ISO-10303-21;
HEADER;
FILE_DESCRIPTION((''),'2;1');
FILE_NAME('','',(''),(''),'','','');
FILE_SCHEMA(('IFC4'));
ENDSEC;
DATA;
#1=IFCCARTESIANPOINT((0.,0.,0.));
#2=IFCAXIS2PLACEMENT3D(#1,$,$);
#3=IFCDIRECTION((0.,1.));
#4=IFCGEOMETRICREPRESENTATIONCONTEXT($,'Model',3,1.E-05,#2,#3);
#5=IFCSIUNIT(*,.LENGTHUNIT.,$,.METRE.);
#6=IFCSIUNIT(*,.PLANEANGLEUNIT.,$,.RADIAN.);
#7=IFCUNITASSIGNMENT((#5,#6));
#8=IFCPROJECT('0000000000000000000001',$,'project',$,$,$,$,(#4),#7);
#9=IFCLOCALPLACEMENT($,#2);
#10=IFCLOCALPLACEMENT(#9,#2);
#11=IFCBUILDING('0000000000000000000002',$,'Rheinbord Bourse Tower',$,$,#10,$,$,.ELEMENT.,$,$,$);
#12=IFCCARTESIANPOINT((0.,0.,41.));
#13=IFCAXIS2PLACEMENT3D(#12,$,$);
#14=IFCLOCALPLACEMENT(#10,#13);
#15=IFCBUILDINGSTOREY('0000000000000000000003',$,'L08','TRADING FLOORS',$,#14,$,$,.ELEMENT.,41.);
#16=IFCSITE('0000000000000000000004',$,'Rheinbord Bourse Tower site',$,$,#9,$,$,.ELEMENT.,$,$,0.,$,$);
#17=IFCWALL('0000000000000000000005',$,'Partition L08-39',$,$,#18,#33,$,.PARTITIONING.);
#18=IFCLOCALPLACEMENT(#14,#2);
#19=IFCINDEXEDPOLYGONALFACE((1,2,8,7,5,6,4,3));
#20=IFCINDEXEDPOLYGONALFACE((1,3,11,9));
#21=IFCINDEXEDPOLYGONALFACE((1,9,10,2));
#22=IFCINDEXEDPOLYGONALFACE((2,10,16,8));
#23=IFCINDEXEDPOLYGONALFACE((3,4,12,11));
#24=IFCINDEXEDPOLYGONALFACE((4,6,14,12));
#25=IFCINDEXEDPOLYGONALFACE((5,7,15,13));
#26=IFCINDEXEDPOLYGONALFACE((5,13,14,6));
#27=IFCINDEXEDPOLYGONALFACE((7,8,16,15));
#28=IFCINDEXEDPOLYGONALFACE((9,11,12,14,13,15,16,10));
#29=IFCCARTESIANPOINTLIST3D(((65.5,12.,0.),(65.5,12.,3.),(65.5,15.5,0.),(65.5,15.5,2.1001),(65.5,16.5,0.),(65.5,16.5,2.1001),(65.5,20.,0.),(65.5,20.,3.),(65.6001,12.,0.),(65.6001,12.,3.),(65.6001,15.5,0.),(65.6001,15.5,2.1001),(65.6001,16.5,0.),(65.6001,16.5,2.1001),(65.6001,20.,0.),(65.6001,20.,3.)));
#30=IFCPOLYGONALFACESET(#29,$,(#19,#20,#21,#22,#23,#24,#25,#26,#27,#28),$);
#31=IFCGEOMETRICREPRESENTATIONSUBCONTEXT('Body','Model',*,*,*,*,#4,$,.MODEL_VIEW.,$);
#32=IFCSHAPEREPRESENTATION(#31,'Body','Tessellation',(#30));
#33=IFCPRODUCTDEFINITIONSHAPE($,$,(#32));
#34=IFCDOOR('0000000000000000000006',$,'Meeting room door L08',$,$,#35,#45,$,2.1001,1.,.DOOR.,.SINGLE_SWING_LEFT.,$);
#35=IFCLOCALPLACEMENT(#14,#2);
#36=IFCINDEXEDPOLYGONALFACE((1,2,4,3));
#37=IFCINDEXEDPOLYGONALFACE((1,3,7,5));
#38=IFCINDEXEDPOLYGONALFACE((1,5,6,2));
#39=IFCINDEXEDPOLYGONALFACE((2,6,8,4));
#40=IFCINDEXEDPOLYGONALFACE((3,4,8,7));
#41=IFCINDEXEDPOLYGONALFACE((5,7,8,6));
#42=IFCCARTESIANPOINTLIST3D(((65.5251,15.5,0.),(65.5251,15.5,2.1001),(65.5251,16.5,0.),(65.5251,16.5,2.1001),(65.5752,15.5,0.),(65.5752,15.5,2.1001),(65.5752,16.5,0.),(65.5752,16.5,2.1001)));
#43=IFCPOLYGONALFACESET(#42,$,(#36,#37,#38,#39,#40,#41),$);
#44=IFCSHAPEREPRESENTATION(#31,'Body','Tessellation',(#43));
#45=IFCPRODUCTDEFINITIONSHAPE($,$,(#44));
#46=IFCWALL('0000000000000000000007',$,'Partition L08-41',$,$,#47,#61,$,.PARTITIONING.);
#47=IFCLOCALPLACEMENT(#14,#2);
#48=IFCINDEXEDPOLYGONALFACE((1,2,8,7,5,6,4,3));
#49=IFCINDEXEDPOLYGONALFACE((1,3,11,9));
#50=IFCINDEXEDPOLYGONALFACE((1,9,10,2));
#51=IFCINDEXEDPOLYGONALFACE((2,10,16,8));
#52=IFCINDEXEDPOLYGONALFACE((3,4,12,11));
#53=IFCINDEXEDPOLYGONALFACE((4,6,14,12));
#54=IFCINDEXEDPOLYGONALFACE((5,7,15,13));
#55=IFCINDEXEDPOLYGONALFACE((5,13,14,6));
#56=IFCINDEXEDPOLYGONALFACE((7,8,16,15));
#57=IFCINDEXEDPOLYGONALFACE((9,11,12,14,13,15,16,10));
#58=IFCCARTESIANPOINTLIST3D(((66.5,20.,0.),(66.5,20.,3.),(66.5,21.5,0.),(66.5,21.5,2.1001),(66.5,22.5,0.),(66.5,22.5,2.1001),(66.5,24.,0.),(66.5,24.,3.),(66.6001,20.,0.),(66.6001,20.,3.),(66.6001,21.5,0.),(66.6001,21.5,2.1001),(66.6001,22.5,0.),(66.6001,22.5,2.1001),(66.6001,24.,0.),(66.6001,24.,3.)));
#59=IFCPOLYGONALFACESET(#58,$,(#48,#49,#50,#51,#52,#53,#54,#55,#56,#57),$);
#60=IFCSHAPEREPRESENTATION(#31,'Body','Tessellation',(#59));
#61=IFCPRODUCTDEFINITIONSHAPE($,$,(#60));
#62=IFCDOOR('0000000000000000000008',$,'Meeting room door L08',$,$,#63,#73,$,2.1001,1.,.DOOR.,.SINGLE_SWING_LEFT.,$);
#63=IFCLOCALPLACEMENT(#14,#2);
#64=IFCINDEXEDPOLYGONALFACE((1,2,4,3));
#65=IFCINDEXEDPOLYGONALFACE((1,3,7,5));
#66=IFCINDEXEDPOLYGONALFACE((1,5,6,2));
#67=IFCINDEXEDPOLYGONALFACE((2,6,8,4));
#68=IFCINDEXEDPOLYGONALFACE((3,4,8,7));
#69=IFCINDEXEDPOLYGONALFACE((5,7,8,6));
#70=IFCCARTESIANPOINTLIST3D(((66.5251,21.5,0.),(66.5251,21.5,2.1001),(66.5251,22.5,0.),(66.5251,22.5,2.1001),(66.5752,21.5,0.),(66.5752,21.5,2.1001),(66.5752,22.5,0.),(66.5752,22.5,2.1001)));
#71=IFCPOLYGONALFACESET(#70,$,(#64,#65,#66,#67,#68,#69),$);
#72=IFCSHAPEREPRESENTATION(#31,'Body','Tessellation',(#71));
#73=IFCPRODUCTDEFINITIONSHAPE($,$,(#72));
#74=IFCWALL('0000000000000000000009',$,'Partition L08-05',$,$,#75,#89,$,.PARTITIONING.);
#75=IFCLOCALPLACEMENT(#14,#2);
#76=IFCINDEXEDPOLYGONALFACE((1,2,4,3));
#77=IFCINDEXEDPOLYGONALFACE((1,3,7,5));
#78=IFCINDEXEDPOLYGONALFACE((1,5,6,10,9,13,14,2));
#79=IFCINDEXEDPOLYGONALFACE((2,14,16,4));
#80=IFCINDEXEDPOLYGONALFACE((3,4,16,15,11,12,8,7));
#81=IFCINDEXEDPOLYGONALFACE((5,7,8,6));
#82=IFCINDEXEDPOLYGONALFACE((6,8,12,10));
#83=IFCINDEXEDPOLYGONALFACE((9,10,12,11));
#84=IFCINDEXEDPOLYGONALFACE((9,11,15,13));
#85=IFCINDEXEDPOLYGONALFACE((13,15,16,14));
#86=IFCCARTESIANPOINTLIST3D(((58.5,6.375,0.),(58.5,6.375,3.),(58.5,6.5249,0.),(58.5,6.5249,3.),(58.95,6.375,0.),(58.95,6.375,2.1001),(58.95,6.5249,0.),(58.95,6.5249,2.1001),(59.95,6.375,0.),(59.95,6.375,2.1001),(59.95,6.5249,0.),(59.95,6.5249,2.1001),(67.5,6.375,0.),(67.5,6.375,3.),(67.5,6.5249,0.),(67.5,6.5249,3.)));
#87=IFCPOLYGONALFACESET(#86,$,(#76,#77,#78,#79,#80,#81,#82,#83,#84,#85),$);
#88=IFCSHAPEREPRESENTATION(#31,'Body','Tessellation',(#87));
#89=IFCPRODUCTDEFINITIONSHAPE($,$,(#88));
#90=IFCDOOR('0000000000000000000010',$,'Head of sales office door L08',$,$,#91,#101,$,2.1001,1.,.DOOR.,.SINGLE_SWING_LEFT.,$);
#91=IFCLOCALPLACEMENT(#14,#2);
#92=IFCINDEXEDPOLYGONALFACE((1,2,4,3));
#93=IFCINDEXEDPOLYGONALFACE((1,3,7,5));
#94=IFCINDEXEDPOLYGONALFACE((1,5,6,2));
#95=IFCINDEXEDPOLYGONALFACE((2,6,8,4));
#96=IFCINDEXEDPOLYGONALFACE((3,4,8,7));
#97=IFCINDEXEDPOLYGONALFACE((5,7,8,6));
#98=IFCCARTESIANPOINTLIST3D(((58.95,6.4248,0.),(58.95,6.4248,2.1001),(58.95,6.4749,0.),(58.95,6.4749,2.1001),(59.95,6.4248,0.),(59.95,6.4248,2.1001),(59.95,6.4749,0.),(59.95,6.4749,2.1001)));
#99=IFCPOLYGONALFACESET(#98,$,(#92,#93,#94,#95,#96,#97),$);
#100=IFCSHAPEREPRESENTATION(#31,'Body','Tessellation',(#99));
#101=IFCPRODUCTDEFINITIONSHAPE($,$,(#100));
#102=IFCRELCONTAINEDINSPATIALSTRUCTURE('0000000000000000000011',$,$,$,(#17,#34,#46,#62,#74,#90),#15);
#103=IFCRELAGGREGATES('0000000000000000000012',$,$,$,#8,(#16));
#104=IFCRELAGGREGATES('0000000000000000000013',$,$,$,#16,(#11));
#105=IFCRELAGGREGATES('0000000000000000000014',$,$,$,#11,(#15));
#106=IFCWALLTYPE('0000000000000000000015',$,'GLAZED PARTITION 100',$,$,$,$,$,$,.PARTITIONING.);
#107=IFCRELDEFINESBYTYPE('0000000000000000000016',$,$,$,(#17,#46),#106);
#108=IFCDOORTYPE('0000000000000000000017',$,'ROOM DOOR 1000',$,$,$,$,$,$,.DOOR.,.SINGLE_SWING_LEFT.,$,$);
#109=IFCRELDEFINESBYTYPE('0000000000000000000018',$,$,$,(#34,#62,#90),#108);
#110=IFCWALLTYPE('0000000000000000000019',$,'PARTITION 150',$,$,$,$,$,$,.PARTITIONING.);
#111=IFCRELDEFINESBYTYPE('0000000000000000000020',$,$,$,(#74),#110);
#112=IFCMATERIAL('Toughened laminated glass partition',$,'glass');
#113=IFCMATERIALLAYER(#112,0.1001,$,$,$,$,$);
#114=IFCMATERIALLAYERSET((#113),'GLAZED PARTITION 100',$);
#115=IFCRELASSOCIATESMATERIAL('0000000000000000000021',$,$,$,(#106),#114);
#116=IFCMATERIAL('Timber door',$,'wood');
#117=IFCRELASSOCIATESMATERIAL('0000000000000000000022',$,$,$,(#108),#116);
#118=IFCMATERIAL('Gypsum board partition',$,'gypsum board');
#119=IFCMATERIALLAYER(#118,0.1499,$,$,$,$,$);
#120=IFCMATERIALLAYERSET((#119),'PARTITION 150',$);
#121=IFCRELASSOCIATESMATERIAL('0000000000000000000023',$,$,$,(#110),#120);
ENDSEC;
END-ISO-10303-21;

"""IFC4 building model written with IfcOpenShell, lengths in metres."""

from ifc_helpers import new_model, si_unit, direction, frame, frame_2d, origin, place, context, subcontext, project, spatial, rectangle, extrude, material, layer, layer_set, type_object, element, fill, save


model = new_model("IFC4")

# Units and contexts
model_context = context("Model", 3, precision=1e-05, world=origin(), true_north=direction((0.0, 1.0)))
body_context = subcontext(model_context, "Body", "Model", "MODEL_VIEW")
ifc_project = project(units=[si_unit("LENGTHUNIT", "METRE"), si_unit("PLANEANGLEUNIT", "RADIAN")], contexts=[model_context])

# Site, building, storey
site_placement = place(None, origin())
site = spatial("IfcSite", under=ifc_project, at=site_placement, Name="Rheinbord Bourse Tower site", CompositionType="ELEMENT", RefElevation=0.0)
building_placement = place(site_placement, origin())
building = spatial("IfcBuilding", under=site, at=building_placement, Name="Rheinbord Bourse Tower", CompositionType="ELEMENT")
storey_placement = place(building_placement, frame((0.0, 0.0, 41.0)))
storey = spatial("IfcBuildingStorey", under=building, at=storey_placement, Name="L08", Description="TRADING FLOORS", CompositionType="ELEMENT", Elevation=41.0)

# Shared definitions
ifc_material_1 = material(Name="Toughened laminated glass partition", Category="glass")
ifc_layer_1 = layer(ifc_material_1, 0.1001)
ifc_layer_set_1 = layer_set([ifc_layer_1], Name="GLAZED PARTITION 100")
wall_type_1 = type_object("IfcWallType", Name="GLAZED PARTITION 100", PredefinedType="PARTITIONING", material=ifc_layer_set_1)

# Walls, openings, doors
wall_1_placement = place(storey_placement, frame((65.55, 12.0, 0.0), z_axis=(0.0, 0.0, 1.0), x_axis=(0.0, 1.0, 0.0)))
wall_1 = element("IfcWall", 1, at=wall_1_placement, inside=storey, type_object=wall_type_1, Name="Partition L08-39", PredefinedType="PARTITIONING", context=body_context, shape_type="SweptSolid", body=[
    extrude(rectangle(XDim=8.0, YDim=0.1001, at=frame_2d((4.0, 0.0))), origin(), (0.0, 0.0, 1.0), 3.0),
])
opening_1_placement = place(wall_1_placement, frame((3.5, 0.0, 0.0)))
opening_1 = element("IfcOpeningElement", 2, at=opening_1_placement, cuts=wall_1, PredefinedType="OPENING", context=body_context, shape_type="SweptSolid", body=[
    extrude(rectangle(XDim=1.0, YDim=2.1001, at=frame_2d((0.5, 1.05))), frame((0.0, 0.0601, 0.0), z_axis=(0.0, -1.0, 0.0), x_axis=(1.0, 0.0, 0.0)), (0.0, 0.0, 1.0), 0.1201),
])
ifc_material_2 = material(Name="Timber door", Category="wood")
door_type = type_object("IfcDoorType", Name="ROOM DOOR 1000", OperationType="SINGLE_SWING_LEFT", PredefinedType="DOOR", material=ifc_material_2)
door_1_placement = place(opening_1_placement, origin())
door_1 = element("IfcDoor", 3, at=door_1_placement, inside=storey, type_object=door_type, Name="Meeting room door L08", OperationType="SINGLE_SWING_LEFT", OverallHeight=2.1001, OverallWidth=1.0, PredefinedType="DOOR", context=body_context, shape_type="SweptSolid", body=[
    extrude(rectangle(XDim=1.0, YDim=2.1001, at=frame_2d((0.5, 1.05))), frame((0.0, 0.0249, 0.0), z_axis=(0.0, -1.0, 0.0), x_axis=(1.0, 0.0, 0.0)), (0.0, 0.0, 1.0), 0.05),
])
fill(opening_1, door_1)
wall_2_placement = place(storey_placement, frame((66.55, 20.0, 0.0), z_axis=(0.0, 0.0, 1.0), x_axis=(0.0, 1.0, 0.0)))
wall_2 = element("IfcWall", 4, at=wall_2_placement, inside=storey, type_object=wall_type_1, Name="Partition L08-41", PredefinedType="PARTITIONING", context=body_context, shape_type="SweptSolid", body=[
    extrude(rectangle(XDim=4.0, YDim=0.1001, at=frame_2d((2.0, 0.0))), origin(), (0.0, 0.0, 1.0), 3.0),
])
opening_2_placement = place(wall_2_placement, frame((1.5, 0.0, 0.0)))
opening_2 = element("IfcOpeningElement", 5, at=opening_2_placement, cuts=wall_2, PredefinedType="OPENING", context=body_context, shape_type="SweptSolid", body=[
    extrude(rectangle(XDim=1.0, YDim=2.1001, at=frame_2d((0.5, 1.05))), frame((0.0, 0.0601, 0.0), z_axis=(0.0, -1.0, 0.0), x_axis=(1.0, 0.0, 0.0)), (0.0, 0.0, 1.0), 0.1201),
])
door_2_placement = place(opening_2_placement, origin())
door_2 = element("IfcDoor", 6, at=door_2_placement, inside=storey, type_object=door_type, Name="Meeting room door L08", OperationType="SINGLE_SWING_LEFT", OverallHeight=2.1001, OverallWidth=1.0, PredefinedType="DOOR", context=body_context, shape_type="SweptSolid", body=[
    extrude(rectangle(XDim=1.0, YDim=2.1001, at=frame_2d((0.5, 1.05))), frame((0.0, 0.0249, 0.0), z_axis=(0.0, -1.0, 0.0), x_axis=(1.0, 0.0, 0.0)), (0.0, 0.0, 1.0), 0.05),
])
fill(opening_2, door_2)
ifc_material_3 = material(Name="Gypsum board partition", Category="gypsum board")
ifc_layer_2 = layer(ifc_material_3, 0.1499)
ifc_layer_set_2 = layer_set([ifc_layer_2], Name="PARTITION 150")
wall_type_2 = type_object("IfcWallType", Name="PARTITION 150", PredefinedType="PARTITIONING", material=ifc_layer_set_2)
wall_3_placement = place(storey_placement, frame((58.5, 6.45, 0.0), z_axis=(0.0, 0.0, 1.0), x_axis=(1.0, 0.0, 0.0)))
wall_3 = element("IfcWall", 7, at=wall_3_placement, inside=storey, type_object=wall_type_2, Name="Partition L08-05", PredefinedType="PARTITIONING", context=body_context, shape_type="SweptSolid", body=[
    extrude(rectangle(XDim=9.0, YDim=0.1499, at=frame_2d((4.5, 0.0))), origin(), (0.0, 0.0, 1.0), 3.0),
])
opening_3_placement = place(wall_3_placement, frame((0.45, 0.0, 0.0)))
opening_3 = element("IfcOpeningElement", 8, at=opening_3_placement, cuts=wall_3, PredefinedType="OPENING", context=body_context, shape_type="SweptSolid", body=[
    extrude(rectangle(XDim=1.0, YDim=2.1001, at=frame_2d((0.5, 1.05))), frame((0.0, 0.085, 0.0), z_axis=(0.0, -1.0, 0.0), x_axis=(1.0, 0.0, 0.0)), (0.0, 0.0, 1.0), 0.1699),
])
door_3_placement = place(opening_3_placement, origin())
door_3 = element("IfcDoor", 9, at=door_3_placement, inside=storey, type_object=door_type, Name="Head of sales office door L08", OperationType="SINGLE_SWING_LEFT", OverallHeight=2.1001, OverallWidth=1.0, PredefinedType="DOOR", context=body_context, shape_type="SweptSolid", body=[
    extrude(rectangle(XDim=1.0, YDim=2.1001, at=frame_2d((0.5, 1.05))), frame((0.0, 0.0249, 0.0), z_axis=(0.0, -1.0, 0.0), x_axis=(1.0, 0.0, 0.0)), (0.0, 0.0, 1.0), 0.05),
])
fill(opening_3, door_3)

save(model, "model.ifc")
